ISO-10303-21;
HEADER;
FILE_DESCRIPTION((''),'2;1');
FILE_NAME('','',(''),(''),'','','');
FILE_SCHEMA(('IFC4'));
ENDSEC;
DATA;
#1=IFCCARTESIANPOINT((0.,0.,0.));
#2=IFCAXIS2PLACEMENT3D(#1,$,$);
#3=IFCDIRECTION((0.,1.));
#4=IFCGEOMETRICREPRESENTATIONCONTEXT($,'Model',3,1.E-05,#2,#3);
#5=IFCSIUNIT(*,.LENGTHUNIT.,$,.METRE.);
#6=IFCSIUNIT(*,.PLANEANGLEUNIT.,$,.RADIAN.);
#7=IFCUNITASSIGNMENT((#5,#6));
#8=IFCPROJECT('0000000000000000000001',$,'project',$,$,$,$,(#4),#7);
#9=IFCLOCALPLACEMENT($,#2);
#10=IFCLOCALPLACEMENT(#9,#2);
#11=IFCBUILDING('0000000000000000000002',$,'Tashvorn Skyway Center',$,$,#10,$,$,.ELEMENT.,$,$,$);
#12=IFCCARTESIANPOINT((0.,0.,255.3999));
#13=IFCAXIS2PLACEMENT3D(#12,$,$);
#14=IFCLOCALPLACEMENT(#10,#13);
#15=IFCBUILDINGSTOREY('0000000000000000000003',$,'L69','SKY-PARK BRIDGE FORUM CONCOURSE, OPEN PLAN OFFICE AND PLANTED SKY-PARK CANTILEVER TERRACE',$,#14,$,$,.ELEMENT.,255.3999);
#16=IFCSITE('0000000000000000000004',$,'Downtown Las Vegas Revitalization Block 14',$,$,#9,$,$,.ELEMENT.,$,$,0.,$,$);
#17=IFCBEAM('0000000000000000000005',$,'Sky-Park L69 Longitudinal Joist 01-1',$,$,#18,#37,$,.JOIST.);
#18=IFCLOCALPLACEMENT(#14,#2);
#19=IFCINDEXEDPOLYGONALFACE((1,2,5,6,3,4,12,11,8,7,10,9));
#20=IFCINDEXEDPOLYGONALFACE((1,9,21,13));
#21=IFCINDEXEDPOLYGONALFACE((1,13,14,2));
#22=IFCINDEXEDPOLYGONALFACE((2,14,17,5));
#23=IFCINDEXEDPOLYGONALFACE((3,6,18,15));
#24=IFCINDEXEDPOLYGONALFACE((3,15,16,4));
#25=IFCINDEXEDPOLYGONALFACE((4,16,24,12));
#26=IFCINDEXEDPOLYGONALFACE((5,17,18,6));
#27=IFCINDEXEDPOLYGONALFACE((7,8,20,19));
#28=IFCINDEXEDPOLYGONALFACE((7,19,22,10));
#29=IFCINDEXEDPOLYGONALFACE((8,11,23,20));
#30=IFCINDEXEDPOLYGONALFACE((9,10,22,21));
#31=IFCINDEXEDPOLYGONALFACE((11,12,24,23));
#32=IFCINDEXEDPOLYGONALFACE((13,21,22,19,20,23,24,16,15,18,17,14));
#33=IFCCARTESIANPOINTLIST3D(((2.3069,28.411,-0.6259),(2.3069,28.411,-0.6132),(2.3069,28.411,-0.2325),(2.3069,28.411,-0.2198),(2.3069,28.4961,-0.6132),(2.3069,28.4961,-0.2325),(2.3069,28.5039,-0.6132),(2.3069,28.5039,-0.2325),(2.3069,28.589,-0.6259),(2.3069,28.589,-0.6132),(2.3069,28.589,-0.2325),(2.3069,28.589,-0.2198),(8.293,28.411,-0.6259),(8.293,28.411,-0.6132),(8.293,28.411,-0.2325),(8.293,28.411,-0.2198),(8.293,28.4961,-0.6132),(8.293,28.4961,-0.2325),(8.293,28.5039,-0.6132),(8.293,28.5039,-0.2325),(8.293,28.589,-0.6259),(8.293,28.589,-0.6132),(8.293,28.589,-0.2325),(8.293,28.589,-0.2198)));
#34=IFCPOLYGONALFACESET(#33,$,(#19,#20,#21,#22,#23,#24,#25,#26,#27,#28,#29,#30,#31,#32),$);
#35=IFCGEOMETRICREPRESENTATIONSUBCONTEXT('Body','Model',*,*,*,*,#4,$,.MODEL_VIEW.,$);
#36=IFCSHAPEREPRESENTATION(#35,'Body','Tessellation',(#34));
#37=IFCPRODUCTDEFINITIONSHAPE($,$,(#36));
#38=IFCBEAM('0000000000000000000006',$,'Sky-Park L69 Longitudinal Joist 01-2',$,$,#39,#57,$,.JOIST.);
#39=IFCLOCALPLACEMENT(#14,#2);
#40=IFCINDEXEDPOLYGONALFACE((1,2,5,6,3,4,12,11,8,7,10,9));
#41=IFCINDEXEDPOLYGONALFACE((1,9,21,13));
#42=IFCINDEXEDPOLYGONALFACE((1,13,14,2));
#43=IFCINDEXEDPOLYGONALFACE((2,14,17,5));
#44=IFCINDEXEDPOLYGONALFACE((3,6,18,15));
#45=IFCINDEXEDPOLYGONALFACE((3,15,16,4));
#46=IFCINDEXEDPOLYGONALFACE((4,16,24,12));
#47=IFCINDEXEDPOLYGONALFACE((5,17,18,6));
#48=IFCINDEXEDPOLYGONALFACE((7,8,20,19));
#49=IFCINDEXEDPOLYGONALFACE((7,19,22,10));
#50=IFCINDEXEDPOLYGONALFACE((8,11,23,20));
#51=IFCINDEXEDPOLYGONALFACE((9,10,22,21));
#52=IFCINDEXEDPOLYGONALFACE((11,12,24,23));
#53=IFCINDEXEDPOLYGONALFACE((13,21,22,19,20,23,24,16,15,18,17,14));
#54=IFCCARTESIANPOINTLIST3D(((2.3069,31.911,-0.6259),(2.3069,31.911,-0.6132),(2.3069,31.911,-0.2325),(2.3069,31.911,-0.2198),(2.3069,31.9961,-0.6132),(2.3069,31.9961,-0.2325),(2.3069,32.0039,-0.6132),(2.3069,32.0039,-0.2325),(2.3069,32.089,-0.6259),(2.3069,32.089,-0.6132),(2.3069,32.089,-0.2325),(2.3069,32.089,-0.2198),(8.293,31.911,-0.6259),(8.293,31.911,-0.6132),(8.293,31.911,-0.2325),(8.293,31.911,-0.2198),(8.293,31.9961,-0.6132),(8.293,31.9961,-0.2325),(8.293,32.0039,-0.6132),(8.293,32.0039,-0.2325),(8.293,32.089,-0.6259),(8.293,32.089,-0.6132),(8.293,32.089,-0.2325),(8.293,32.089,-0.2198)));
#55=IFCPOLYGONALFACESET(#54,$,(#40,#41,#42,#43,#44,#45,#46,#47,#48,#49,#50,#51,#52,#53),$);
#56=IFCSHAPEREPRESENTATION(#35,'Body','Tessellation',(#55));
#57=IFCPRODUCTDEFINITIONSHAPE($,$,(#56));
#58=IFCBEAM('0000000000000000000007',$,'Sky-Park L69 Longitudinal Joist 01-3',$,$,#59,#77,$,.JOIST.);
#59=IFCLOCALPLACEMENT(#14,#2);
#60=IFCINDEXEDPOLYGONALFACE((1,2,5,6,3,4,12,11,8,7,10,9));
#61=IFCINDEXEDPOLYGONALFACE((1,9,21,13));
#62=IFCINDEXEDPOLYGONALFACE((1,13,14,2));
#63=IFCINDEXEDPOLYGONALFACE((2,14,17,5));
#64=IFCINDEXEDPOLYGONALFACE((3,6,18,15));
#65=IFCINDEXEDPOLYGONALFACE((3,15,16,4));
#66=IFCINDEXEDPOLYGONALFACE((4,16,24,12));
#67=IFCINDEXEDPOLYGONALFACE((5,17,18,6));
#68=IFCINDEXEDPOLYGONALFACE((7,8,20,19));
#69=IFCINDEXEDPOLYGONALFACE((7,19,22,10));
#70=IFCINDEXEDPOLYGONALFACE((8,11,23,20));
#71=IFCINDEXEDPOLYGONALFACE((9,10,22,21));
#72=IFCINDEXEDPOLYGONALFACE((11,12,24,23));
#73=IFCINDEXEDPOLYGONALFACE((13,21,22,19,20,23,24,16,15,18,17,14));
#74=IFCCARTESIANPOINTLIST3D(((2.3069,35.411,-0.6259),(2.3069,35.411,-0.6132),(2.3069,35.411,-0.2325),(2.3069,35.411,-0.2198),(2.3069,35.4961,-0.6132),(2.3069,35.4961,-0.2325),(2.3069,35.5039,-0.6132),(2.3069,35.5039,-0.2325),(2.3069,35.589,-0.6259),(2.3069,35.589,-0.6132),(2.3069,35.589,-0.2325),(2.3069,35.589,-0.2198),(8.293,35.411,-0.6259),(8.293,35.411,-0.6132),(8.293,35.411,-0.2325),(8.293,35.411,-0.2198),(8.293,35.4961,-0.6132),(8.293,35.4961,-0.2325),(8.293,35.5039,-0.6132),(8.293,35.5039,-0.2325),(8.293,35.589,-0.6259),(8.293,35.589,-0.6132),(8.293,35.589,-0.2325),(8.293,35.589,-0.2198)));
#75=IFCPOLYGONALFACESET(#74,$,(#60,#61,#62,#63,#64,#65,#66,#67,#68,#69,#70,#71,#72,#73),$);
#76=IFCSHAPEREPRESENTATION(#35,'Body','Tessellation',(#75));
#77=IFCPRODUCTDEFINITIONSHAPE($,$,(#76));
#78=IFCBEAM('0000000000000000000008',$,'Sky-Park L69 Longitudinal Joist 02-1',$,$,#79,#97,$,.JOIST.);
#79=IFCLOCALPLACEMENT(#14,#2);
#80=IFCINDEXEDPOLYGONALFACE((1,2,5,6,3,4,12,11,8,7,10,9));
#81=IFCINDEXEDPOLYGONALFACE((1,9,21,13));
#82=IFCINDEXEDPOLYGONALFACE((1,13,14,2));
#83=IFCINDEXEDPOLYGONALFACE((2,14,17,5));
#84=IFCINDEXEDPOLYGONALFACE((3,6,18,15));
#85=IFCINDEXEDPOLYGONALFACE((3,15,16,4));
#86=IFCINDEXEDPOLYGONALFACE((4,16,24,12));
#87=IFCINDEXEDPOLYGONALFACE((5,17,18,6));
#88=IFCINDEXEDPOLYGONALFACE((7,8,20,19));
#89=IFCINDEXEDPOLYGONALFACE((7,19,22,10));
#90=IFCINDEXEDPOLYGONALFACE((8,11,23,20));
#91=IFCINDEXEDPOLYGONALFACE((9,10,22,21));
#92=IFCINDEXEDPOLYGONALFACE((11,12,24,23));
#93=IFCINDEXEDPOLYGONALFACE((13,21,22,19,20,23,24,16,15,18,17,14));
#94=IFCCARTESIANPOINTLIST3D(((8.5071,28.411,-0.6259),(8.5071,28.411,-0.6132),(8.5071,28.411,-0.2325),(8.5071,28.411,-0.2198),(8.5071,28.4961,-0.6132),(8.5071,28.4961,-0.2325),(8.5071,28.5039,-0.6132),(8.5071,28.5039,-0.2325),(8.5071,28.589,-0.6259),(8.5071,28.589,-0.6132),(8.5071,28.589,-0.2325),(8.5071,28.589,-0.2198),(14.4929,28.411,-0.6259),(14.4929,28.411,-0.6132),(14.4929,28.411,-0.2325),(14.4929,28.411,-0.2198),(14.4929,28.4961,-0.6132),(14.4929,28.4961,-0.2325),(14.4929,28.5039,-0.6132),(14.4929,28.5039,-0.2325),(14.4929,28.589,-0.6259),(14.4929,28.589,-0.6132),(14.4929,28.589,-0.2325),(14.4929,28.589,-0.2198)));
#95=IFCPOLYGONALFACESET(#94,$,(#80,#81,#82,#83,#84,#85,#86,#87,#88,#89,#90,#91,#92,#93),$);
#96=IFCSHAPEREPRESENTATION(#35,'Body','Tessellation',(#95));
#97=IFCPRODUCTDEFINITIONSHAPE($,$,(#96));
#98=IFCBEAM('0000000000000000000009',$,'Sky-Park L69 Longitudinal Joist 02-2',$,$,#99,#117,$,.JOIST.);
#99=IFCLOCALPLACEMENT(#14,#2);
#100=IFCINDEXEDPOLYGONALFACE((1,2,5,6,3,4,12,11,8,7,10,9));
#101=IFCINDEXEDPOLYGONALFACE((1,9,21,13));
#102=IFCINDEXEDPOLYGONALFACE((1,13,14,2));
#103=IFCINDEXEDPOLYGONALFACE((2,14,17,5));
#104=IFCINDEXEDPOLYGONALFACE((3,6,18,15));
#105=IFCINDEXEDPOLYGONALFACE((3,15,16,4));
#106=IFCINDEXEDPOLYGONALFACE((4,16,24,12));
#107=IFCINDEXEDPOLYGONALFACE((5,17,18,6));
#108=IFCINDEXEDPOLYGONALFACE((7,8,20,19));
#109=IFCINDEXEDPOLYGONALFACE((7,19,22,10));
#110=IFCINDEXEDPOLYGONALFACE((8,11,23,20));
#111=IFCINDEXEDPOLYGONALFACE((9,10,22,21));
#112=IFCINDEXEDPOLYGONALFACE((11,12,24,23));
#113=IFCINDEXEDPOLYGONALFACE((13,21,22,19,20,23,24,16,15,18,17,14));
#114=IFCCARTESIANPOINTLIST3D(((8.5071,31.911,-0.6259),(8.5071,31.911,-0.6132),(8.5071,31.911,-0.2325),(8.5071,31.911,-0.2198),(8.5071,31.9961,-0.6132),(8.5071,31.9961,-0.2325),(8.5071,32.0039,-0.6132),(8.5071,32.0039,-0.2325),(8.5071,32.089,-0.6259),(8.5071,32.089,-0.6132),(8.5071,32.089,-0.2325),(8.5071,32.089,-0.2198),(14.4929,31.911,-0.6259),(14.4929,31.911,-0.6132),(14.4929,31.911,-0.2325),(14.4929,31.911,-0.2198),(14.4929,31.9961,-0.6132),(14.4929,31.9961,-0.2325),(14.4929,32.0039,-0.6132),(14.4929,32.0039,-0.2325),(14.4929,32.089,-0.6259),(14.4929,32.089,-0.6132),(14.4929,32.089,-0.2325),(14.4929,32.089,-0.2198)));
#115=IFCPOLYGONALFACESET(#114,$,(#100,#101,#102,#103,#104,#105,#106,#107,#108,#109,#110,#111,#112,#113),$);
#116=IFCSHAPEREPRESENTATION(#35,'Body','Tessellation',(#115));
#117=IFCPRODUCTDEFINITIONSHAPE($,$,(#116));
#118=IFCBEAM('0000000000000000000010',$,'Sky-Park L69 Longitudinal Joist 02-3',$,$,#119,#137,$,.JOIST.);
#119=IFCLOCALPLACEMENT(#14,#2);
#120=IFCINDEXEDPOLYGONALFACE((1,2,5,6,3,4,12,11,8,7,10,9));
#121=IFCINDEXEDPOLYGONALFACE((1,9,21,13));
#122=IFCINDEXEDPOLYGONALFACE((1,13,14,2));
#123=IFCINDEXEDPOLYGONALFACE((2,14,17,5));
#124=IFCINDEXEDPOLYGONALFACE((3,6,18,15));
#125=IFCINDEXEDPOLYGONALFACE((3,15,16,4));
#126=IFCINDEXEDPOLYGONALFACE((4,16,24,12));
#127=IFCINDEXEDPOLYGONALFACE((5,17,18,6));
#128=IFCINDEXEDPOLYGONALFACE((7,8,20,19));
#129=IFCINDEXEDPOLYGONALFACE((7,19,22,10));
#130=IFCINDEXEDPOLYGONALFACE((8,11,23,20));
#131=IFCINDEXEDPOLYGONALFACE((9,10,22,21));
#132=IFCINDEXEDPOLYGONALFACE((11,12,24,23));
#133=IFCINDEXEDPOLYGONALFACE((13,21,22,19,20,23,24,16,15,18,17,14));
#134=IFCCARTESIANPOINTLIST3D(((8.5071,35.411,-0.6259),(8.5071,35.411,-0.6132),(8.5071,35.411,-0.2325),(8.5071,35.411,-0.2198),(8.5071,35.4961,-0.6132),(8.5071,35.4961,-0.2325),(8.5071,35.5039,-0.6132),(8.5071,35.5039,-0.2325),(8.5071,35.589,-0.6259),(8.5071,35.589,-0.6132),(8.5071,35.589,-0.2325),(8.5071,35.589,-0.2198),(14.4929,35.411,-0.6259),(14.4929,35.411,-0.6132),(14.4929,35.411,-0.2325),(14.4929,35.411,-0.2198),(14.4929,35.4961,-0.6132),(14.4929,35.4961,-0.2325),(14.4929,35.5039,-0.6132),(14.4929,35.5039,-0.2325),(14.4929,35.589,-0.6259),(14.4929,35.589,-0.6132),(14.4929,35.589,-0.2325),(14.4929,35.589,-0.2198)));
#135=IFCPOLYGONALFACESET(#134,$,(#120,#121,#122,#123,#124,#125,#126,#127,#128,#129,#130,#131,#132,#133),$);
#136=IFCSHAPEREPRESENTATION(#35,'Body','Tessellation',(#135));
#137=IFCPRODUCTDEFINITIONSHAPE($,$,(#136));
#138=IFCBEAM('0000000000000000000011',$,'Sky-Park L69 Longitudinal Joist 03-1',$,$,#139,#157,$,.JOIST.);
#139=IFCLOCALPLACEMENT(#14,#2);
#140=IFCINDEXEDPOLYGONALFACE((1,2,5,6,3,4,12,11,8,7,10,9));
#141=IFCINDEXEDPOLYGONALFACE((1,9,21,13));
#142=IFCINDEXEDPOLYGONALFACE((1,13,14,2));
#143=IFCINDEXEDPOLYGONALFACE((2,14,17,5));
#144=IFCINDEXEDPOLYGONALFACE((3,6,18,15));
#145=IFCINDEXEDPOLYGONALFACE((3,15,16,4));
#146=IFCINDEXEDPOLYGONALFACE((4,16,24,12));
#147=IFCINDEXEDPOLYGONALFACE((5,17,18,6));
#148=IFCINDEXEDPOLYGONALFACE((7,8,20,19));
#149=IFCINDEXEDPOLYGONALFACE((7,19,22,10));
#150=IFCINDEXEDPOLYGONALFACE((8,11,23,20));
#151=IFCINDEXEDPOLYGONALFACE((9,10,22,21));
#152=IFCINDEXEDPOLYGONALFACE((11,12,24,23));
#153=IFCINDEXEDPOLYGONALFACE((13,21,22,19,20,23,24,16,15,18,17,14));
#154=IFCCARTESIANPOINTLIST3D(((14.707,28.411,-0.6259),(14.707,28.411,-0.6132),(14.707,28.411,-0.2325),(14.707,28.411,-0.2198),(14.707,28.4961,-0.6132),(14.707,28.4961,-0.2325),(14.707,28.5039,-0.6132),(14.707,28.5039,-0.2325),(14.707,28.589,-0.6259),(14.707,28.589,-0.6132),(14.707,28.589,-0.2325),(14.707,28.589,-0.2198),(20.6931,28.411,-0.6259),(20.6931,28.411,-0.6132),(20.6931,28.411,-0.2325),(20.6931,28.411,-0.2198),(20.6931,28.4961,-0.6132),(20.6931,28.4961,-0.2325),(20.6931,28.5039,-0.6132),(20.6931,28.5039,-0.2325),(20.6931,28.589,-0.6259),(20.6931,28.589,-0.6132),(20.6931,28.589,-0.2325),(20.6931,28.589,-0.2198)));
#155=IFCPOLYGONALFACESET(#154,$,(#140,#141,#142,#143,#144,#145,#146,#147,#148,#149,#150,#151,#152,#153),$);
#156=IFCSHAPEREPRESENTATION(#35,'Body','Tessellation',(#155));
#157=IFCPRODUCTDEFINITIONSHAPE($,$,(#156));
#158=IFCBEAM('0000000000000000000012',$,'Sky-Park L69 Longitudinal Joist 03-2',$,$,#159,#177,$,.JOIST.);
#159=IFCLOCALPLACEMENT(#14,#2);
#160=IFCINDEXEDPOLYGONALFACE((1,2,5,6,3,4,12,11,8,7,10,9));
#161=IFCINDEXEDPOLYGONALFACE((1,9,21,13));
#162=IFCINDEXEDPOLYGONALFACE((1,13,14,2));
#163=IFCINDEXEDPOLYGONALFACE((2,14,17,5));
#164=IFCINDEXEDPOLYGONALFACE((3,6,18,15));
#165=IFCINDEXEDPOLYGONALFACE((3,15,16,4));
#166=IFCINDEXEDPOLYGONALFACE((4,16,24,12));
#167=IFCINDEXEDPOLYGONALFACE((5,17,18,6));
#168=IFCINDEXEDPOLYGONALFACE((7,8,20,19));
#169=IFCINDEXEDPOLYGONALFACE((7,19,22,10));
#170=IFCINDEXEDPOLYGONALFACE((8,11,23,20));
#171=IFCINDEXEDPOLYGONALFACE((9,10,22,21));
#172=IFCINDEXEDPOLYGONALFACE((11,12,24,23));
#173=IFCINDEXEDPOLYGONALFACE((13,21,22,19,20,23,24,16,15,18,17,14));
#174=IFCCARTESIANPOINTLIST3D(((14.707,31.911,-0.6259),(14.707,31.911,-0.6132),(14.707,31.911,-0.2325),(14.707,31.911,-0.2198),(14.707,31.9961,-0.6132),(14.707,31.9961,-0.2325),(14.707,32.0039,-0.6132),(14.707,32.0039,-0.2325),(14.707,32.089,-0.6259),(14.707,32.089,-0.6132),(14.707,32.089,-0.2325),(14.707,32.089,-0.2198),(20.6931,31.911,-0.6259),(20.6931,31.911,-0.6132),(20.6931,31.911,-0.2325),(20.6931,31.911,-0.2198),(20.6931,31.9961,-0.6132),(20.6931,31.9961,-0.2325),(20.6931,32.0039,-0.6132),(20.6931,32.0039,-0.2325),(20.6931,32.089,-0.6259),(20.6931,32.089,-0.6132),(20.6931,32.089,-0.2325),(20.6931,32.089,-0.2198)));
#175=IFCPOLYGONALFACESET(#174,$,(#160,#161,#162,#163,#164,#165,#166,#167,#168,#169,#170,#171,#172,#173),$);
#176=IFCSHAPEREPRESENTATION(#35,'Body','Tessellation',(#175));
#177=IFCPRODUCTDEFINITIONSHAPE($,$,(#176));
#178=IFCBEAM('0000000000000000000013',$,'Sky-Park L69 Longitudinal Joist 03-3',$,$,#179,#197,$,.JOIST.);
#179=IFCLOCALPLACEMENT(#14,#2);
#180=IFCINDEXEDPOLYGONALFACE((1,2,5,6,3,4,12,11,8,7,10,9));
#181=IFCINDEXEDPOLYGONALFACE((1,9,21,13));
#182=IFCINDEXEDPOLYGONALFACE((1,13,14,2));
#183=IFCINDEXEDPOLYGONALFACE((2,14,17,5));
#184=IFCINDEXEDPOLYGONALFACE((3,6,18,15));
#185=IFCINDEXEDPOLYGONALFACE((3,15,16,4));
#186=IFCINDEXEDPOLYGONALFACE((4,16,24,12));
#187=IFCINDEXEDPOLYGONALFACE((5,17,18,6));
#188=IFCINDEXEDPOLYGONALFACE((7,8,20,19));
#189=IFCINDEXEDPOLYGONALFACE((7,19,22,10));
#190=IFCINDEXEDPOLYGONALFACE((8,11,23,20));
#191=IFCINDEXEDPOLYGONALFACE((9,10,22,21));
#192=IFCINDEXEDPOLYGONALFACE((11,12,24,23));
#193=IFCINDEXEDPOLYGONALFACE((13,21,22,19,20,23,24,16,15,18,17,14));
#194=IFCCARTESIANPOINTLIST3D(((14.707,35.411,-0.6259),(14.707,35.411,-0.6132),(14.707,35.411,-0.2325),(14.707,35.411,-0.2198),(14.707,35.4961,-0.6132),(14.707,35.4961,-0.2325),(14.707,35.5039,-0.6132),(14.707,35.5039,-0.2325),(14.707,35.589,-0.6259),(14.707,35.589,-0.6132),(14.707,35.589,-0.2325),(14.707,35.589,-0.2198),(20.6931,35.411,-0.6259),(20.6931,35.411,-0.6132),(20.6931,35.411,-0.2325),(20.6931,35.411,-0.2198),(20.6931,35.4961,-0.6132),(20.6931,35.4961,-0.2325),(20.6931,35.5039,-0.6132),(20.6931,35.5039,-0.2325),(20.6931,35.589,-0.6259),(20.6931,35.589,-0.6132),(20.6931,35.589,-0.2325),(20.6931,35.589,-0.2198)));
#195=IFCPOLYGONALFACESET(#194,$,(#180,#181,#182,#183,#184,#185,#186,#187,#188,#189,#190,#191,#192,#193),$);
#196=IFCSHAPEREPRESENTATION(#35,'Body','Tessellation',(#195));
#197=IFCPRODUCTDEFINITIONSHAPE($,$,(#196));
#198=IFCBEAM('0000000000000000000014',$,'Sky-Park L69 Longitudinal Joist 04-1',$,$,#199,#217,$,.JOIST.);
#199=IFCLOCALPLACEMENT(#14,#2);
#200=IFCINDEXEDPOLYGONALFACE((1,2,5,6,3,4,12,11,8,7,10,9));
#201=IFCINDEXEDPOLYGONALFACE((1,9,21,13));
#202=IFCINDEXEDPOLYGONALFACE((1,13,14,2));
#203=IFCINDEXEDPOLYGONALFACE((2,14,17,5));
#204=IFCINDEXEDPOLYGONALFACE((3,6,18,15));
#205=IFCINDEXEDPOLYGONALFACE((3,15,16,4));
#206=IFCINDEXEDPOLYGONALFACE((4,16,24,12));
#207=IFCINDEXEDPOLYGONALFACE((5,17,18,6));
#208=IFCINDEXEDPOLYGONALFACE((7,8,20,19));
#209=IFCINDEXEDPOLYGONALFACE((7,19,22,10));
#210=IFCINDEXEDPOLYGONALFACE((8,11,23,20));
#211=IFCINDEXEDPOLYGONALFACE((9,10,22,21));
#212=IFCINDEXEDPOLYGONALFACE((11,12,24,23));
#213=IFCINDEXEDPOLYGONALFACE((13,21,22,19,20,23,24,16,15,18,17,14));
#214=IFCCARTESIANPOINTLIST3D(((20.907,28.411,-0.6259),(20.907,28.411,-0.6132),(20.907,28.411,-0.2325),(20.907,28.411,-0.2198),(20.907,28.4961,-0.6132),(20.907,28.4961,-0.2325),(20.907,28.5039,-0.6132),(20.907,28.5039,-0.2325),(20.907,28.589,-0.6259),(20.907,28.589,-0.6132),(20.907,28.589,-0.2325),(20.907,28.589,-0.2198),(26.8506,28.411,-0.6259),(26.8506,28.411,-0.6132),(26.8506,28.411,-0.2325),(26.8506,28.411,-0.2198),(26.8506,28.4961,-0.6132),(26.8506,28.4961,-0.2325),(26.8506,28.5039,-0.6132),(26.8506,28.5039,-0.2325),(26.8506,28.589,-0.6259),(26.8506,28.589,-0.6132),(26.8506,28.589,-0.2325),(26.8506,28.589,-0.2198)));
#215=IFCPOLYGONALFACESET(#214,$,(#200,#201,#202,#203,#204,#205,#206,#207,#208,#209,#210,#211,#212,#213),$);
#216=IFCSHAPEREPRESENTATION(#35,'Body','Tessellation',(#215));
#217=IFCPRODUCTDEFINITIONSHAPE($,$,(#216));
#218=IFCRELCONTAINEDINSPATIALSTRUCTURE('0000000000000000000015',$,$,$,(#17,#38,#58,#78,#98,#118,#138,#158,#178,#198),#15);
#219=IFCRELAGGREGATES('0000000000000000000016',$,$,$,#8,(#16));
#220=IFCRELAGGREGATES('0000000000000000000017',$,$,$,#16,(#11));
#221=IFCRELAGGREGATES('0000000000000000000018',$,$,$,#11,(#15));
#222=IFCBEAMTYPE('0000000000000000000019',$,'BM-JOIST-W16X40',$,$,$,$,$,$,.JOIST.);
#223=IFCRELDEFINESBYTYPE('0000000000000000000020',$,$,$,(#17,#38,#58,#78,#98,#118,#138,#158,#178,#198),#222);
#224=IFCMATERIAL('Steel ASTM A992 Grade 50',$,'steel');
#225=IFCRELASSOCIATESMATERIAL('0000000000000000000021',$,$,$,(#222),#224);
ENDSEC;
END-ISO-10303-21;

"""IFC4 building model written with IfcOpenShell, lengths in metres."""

from ifc_helpers import new_model, si_unit, direction, frame, origin, origin_2d, place, context, subcontext, project, spatial, i_section, extrude, material, material_profile, profile_set, type_object, element, save


model = new_model("IFC4")

# Units and contexts
model_context = context("Model", 3, precision=1e-05, world=origin(), true_north=direction((0.0, 1.0)))
body_context = subcontext(model_context, "Body", "Model", "MODEL_VIEW")
ifc_project = project(units=[si_unit("LENGTHUNIT", "METRE"), si_unit("PLANEANGLEUNIT", "RADIAN")], contexts=[model_context])

# Site, building, storey
site_placement = place(None, origin())
site = spatial("IfcSite", under=ifc_project, at=site_placement, Name="Downtown Las Vegas Revitalization Block 14", CompositionType="ELEMENT", RefElevation=0.0)
building_placement = place(site_placement, origin())
building = spatial("IfcBuilding", under=site, at=building_placement, Name="Tashvorn Skyway Center", CompositionType="ELEMENT")
storey_placement = place(building_placement, frame((0.0, 0.0, 255.3999)))
storey = spatial("IfcBuildingStorey", under=building, at=storey_placement, Name="L69", Description="SKY-PARK BRIDGE FORUM CONCOURSE, OPEN PLAN OFFICE AND PLANTED SKY-PARK CANTILEVER TERRACE", CompositionType="ELEMENT", Elevation=255.3999)

# Beams
ifc_material_1 = material(Name="Steel ASTM A992 Grade 50", Category="steel")
ifc_material_profile_1 = material_profile(ifc_material_1, i_section(OverallWidth=0.178, OverallDepth=0.406, WebThickness=0.0078, FlangeThickness=0.0127, at=origin_2d()), Name="W16X40")
ifc_profile_set_1 = profile_set([ifc_material_profile_1], Name="Steel ASTM A992 Grade 50")
beam_type = type_object("IfcBeamType", Name="BM-JOIST-W16X40", PredefinedType="JOIST", material=ifc_profile_set_1)
for number, where, z_axis, x_axis, name in (
    (1, (2.3069, 28.5, -0.4229), (1.0, 0.0, 0.0), (0.0, 1.0, 0.0), "Sky-Park L69 Longitudinal Joist 01-1"),
    (2, (2.3069, 32.0, -0.4229), (1.0, 0.0, 0.0), (0.0, 1.0, 0.0), "Sky-Park L69 Longitudinal Joist 01-2"),
    (3, (2.3069, 35.5, -0.4229), (1.0, 0.0, 0.0), (0.0, 1.0, 0.0), "Sky-Park L69 Longitudinal Joist 01-3"),
):
    element("IfcBeam", number, at=place(storey_placement, frame(where, z_axis=z_axis, x_axis=x_axis)), inside=storey, type_object=beam_type, Name=name, PredefinedType="JOIST", context=body_context, shape_type="SweptSolid", body=[
        extrude(i_section(OverallWidth=0.178, OverallDepth=0.406, WebThickness=0.0078, FlangeThickness=0.0127, at=origin_2d()), origin(), (0.0, 0.0, 1.0), 5.9861),
    ])
for number, where, z_axis, x_axis, name in (
    (4, (8.5071, 28.5, -0.4229), (1.0, 0.0, 0.0), (0.0, 1.0, 0.0), "Sky-Park L69 Longitudinal Joist 02-1"),
    (5, (8.5071, 32.0, -0.4229), (1.0, 0.0, 0.0), (0.0, 1.0, 0.0), "Sky-Park L69 Longitudinal Joist 02-2"),
    (6, (8.5071, 35.5, -0.4229), (1.0, 0.0, 0.0), (0.0, 1.0, 0.0), "Sky-Park L69 Longitudinal Joist 02-3"),
):
    element("IfcBeam", number, at=place(storey_placement, frame(where, z_axis=z_axis, x_axis=x_axis)), inside=storey, type_object=beam_type, Name=name, PredefinedType="JOIST", context=body_context, shape_type="SweptSolid", body=[
        extrude(i_section(OverallWidth=0.178, OverallDepth=0.406, WebThickness=0.0078, FlangeThickness=0.0127, at=origin_2d()), origin(), (0.0, 0.0, 1.0), 5.9858),
    ])
for number, where, z_axis, x_axis, name in (
    (7, (14.707, 28.5, -0.4229), (1.0, 0.0, 0.0), (0.0, 1.0, 0.0), "Sky-Park L69 Longitudinal Joist 03-1"),
    (8, (14.707, 32.0, -0.4229), (1.0, 0.0, 0.0), (0.0, 1.0, 0.0), "Sky-Park L69 Longitudinal Joist 03-2"),
    (9, (14.707, 35.5, -0.4229), (1.0, 0.0, 0.0), (0.0, 1.0, 0.0), "Sky-Park L69 Longitudinal Joist 03-3"),
):
    element("IfcBeam", number, at=place(storey_placement, frame(where, z_axis=z_axis, x_axis=x_axis)), inside=storey, type_object=beam_type, Name=name, PredefinedType="JOIST", context=body_context, shape_type="SweptSolid", body=[
        extrude(i_section(OverallWidth=0.178, OverallDepth=0.406, WebThickness=0.0078, FlangeThickness=0.0127, at=origin_2d()), origin(), (0.0, 0.0, 1.0), 5.9861),
    ])
for number, where, z_axis, x_axis, name in (
    (10, (20.907, 28.5, -0.4229), (1.0, 0.0, 0.0), (0.0, 1.0, 0.0), "Sky-Park L69 Longitudinal Joist 04-1"),
):
    element("IfcBeam", number, at=place(storey_placement, frame(where, z_axis=z_axis, x_axis=x_axis)), inside=storey, type_object=beam_type, Name=name, PredefinedType="JOIST", context=body_context, shape_type="SweptSolid", body=[
        extrude(i_section(OverallWidth=0.178, OverallDepth=0.406, WebThickness=0.0078, FlangeThickness=0.0127, at=origin_2d()), origin(), (0.0, 0.0, 1.0), 5.9436),
    ])

save(model, "model.ifc")
